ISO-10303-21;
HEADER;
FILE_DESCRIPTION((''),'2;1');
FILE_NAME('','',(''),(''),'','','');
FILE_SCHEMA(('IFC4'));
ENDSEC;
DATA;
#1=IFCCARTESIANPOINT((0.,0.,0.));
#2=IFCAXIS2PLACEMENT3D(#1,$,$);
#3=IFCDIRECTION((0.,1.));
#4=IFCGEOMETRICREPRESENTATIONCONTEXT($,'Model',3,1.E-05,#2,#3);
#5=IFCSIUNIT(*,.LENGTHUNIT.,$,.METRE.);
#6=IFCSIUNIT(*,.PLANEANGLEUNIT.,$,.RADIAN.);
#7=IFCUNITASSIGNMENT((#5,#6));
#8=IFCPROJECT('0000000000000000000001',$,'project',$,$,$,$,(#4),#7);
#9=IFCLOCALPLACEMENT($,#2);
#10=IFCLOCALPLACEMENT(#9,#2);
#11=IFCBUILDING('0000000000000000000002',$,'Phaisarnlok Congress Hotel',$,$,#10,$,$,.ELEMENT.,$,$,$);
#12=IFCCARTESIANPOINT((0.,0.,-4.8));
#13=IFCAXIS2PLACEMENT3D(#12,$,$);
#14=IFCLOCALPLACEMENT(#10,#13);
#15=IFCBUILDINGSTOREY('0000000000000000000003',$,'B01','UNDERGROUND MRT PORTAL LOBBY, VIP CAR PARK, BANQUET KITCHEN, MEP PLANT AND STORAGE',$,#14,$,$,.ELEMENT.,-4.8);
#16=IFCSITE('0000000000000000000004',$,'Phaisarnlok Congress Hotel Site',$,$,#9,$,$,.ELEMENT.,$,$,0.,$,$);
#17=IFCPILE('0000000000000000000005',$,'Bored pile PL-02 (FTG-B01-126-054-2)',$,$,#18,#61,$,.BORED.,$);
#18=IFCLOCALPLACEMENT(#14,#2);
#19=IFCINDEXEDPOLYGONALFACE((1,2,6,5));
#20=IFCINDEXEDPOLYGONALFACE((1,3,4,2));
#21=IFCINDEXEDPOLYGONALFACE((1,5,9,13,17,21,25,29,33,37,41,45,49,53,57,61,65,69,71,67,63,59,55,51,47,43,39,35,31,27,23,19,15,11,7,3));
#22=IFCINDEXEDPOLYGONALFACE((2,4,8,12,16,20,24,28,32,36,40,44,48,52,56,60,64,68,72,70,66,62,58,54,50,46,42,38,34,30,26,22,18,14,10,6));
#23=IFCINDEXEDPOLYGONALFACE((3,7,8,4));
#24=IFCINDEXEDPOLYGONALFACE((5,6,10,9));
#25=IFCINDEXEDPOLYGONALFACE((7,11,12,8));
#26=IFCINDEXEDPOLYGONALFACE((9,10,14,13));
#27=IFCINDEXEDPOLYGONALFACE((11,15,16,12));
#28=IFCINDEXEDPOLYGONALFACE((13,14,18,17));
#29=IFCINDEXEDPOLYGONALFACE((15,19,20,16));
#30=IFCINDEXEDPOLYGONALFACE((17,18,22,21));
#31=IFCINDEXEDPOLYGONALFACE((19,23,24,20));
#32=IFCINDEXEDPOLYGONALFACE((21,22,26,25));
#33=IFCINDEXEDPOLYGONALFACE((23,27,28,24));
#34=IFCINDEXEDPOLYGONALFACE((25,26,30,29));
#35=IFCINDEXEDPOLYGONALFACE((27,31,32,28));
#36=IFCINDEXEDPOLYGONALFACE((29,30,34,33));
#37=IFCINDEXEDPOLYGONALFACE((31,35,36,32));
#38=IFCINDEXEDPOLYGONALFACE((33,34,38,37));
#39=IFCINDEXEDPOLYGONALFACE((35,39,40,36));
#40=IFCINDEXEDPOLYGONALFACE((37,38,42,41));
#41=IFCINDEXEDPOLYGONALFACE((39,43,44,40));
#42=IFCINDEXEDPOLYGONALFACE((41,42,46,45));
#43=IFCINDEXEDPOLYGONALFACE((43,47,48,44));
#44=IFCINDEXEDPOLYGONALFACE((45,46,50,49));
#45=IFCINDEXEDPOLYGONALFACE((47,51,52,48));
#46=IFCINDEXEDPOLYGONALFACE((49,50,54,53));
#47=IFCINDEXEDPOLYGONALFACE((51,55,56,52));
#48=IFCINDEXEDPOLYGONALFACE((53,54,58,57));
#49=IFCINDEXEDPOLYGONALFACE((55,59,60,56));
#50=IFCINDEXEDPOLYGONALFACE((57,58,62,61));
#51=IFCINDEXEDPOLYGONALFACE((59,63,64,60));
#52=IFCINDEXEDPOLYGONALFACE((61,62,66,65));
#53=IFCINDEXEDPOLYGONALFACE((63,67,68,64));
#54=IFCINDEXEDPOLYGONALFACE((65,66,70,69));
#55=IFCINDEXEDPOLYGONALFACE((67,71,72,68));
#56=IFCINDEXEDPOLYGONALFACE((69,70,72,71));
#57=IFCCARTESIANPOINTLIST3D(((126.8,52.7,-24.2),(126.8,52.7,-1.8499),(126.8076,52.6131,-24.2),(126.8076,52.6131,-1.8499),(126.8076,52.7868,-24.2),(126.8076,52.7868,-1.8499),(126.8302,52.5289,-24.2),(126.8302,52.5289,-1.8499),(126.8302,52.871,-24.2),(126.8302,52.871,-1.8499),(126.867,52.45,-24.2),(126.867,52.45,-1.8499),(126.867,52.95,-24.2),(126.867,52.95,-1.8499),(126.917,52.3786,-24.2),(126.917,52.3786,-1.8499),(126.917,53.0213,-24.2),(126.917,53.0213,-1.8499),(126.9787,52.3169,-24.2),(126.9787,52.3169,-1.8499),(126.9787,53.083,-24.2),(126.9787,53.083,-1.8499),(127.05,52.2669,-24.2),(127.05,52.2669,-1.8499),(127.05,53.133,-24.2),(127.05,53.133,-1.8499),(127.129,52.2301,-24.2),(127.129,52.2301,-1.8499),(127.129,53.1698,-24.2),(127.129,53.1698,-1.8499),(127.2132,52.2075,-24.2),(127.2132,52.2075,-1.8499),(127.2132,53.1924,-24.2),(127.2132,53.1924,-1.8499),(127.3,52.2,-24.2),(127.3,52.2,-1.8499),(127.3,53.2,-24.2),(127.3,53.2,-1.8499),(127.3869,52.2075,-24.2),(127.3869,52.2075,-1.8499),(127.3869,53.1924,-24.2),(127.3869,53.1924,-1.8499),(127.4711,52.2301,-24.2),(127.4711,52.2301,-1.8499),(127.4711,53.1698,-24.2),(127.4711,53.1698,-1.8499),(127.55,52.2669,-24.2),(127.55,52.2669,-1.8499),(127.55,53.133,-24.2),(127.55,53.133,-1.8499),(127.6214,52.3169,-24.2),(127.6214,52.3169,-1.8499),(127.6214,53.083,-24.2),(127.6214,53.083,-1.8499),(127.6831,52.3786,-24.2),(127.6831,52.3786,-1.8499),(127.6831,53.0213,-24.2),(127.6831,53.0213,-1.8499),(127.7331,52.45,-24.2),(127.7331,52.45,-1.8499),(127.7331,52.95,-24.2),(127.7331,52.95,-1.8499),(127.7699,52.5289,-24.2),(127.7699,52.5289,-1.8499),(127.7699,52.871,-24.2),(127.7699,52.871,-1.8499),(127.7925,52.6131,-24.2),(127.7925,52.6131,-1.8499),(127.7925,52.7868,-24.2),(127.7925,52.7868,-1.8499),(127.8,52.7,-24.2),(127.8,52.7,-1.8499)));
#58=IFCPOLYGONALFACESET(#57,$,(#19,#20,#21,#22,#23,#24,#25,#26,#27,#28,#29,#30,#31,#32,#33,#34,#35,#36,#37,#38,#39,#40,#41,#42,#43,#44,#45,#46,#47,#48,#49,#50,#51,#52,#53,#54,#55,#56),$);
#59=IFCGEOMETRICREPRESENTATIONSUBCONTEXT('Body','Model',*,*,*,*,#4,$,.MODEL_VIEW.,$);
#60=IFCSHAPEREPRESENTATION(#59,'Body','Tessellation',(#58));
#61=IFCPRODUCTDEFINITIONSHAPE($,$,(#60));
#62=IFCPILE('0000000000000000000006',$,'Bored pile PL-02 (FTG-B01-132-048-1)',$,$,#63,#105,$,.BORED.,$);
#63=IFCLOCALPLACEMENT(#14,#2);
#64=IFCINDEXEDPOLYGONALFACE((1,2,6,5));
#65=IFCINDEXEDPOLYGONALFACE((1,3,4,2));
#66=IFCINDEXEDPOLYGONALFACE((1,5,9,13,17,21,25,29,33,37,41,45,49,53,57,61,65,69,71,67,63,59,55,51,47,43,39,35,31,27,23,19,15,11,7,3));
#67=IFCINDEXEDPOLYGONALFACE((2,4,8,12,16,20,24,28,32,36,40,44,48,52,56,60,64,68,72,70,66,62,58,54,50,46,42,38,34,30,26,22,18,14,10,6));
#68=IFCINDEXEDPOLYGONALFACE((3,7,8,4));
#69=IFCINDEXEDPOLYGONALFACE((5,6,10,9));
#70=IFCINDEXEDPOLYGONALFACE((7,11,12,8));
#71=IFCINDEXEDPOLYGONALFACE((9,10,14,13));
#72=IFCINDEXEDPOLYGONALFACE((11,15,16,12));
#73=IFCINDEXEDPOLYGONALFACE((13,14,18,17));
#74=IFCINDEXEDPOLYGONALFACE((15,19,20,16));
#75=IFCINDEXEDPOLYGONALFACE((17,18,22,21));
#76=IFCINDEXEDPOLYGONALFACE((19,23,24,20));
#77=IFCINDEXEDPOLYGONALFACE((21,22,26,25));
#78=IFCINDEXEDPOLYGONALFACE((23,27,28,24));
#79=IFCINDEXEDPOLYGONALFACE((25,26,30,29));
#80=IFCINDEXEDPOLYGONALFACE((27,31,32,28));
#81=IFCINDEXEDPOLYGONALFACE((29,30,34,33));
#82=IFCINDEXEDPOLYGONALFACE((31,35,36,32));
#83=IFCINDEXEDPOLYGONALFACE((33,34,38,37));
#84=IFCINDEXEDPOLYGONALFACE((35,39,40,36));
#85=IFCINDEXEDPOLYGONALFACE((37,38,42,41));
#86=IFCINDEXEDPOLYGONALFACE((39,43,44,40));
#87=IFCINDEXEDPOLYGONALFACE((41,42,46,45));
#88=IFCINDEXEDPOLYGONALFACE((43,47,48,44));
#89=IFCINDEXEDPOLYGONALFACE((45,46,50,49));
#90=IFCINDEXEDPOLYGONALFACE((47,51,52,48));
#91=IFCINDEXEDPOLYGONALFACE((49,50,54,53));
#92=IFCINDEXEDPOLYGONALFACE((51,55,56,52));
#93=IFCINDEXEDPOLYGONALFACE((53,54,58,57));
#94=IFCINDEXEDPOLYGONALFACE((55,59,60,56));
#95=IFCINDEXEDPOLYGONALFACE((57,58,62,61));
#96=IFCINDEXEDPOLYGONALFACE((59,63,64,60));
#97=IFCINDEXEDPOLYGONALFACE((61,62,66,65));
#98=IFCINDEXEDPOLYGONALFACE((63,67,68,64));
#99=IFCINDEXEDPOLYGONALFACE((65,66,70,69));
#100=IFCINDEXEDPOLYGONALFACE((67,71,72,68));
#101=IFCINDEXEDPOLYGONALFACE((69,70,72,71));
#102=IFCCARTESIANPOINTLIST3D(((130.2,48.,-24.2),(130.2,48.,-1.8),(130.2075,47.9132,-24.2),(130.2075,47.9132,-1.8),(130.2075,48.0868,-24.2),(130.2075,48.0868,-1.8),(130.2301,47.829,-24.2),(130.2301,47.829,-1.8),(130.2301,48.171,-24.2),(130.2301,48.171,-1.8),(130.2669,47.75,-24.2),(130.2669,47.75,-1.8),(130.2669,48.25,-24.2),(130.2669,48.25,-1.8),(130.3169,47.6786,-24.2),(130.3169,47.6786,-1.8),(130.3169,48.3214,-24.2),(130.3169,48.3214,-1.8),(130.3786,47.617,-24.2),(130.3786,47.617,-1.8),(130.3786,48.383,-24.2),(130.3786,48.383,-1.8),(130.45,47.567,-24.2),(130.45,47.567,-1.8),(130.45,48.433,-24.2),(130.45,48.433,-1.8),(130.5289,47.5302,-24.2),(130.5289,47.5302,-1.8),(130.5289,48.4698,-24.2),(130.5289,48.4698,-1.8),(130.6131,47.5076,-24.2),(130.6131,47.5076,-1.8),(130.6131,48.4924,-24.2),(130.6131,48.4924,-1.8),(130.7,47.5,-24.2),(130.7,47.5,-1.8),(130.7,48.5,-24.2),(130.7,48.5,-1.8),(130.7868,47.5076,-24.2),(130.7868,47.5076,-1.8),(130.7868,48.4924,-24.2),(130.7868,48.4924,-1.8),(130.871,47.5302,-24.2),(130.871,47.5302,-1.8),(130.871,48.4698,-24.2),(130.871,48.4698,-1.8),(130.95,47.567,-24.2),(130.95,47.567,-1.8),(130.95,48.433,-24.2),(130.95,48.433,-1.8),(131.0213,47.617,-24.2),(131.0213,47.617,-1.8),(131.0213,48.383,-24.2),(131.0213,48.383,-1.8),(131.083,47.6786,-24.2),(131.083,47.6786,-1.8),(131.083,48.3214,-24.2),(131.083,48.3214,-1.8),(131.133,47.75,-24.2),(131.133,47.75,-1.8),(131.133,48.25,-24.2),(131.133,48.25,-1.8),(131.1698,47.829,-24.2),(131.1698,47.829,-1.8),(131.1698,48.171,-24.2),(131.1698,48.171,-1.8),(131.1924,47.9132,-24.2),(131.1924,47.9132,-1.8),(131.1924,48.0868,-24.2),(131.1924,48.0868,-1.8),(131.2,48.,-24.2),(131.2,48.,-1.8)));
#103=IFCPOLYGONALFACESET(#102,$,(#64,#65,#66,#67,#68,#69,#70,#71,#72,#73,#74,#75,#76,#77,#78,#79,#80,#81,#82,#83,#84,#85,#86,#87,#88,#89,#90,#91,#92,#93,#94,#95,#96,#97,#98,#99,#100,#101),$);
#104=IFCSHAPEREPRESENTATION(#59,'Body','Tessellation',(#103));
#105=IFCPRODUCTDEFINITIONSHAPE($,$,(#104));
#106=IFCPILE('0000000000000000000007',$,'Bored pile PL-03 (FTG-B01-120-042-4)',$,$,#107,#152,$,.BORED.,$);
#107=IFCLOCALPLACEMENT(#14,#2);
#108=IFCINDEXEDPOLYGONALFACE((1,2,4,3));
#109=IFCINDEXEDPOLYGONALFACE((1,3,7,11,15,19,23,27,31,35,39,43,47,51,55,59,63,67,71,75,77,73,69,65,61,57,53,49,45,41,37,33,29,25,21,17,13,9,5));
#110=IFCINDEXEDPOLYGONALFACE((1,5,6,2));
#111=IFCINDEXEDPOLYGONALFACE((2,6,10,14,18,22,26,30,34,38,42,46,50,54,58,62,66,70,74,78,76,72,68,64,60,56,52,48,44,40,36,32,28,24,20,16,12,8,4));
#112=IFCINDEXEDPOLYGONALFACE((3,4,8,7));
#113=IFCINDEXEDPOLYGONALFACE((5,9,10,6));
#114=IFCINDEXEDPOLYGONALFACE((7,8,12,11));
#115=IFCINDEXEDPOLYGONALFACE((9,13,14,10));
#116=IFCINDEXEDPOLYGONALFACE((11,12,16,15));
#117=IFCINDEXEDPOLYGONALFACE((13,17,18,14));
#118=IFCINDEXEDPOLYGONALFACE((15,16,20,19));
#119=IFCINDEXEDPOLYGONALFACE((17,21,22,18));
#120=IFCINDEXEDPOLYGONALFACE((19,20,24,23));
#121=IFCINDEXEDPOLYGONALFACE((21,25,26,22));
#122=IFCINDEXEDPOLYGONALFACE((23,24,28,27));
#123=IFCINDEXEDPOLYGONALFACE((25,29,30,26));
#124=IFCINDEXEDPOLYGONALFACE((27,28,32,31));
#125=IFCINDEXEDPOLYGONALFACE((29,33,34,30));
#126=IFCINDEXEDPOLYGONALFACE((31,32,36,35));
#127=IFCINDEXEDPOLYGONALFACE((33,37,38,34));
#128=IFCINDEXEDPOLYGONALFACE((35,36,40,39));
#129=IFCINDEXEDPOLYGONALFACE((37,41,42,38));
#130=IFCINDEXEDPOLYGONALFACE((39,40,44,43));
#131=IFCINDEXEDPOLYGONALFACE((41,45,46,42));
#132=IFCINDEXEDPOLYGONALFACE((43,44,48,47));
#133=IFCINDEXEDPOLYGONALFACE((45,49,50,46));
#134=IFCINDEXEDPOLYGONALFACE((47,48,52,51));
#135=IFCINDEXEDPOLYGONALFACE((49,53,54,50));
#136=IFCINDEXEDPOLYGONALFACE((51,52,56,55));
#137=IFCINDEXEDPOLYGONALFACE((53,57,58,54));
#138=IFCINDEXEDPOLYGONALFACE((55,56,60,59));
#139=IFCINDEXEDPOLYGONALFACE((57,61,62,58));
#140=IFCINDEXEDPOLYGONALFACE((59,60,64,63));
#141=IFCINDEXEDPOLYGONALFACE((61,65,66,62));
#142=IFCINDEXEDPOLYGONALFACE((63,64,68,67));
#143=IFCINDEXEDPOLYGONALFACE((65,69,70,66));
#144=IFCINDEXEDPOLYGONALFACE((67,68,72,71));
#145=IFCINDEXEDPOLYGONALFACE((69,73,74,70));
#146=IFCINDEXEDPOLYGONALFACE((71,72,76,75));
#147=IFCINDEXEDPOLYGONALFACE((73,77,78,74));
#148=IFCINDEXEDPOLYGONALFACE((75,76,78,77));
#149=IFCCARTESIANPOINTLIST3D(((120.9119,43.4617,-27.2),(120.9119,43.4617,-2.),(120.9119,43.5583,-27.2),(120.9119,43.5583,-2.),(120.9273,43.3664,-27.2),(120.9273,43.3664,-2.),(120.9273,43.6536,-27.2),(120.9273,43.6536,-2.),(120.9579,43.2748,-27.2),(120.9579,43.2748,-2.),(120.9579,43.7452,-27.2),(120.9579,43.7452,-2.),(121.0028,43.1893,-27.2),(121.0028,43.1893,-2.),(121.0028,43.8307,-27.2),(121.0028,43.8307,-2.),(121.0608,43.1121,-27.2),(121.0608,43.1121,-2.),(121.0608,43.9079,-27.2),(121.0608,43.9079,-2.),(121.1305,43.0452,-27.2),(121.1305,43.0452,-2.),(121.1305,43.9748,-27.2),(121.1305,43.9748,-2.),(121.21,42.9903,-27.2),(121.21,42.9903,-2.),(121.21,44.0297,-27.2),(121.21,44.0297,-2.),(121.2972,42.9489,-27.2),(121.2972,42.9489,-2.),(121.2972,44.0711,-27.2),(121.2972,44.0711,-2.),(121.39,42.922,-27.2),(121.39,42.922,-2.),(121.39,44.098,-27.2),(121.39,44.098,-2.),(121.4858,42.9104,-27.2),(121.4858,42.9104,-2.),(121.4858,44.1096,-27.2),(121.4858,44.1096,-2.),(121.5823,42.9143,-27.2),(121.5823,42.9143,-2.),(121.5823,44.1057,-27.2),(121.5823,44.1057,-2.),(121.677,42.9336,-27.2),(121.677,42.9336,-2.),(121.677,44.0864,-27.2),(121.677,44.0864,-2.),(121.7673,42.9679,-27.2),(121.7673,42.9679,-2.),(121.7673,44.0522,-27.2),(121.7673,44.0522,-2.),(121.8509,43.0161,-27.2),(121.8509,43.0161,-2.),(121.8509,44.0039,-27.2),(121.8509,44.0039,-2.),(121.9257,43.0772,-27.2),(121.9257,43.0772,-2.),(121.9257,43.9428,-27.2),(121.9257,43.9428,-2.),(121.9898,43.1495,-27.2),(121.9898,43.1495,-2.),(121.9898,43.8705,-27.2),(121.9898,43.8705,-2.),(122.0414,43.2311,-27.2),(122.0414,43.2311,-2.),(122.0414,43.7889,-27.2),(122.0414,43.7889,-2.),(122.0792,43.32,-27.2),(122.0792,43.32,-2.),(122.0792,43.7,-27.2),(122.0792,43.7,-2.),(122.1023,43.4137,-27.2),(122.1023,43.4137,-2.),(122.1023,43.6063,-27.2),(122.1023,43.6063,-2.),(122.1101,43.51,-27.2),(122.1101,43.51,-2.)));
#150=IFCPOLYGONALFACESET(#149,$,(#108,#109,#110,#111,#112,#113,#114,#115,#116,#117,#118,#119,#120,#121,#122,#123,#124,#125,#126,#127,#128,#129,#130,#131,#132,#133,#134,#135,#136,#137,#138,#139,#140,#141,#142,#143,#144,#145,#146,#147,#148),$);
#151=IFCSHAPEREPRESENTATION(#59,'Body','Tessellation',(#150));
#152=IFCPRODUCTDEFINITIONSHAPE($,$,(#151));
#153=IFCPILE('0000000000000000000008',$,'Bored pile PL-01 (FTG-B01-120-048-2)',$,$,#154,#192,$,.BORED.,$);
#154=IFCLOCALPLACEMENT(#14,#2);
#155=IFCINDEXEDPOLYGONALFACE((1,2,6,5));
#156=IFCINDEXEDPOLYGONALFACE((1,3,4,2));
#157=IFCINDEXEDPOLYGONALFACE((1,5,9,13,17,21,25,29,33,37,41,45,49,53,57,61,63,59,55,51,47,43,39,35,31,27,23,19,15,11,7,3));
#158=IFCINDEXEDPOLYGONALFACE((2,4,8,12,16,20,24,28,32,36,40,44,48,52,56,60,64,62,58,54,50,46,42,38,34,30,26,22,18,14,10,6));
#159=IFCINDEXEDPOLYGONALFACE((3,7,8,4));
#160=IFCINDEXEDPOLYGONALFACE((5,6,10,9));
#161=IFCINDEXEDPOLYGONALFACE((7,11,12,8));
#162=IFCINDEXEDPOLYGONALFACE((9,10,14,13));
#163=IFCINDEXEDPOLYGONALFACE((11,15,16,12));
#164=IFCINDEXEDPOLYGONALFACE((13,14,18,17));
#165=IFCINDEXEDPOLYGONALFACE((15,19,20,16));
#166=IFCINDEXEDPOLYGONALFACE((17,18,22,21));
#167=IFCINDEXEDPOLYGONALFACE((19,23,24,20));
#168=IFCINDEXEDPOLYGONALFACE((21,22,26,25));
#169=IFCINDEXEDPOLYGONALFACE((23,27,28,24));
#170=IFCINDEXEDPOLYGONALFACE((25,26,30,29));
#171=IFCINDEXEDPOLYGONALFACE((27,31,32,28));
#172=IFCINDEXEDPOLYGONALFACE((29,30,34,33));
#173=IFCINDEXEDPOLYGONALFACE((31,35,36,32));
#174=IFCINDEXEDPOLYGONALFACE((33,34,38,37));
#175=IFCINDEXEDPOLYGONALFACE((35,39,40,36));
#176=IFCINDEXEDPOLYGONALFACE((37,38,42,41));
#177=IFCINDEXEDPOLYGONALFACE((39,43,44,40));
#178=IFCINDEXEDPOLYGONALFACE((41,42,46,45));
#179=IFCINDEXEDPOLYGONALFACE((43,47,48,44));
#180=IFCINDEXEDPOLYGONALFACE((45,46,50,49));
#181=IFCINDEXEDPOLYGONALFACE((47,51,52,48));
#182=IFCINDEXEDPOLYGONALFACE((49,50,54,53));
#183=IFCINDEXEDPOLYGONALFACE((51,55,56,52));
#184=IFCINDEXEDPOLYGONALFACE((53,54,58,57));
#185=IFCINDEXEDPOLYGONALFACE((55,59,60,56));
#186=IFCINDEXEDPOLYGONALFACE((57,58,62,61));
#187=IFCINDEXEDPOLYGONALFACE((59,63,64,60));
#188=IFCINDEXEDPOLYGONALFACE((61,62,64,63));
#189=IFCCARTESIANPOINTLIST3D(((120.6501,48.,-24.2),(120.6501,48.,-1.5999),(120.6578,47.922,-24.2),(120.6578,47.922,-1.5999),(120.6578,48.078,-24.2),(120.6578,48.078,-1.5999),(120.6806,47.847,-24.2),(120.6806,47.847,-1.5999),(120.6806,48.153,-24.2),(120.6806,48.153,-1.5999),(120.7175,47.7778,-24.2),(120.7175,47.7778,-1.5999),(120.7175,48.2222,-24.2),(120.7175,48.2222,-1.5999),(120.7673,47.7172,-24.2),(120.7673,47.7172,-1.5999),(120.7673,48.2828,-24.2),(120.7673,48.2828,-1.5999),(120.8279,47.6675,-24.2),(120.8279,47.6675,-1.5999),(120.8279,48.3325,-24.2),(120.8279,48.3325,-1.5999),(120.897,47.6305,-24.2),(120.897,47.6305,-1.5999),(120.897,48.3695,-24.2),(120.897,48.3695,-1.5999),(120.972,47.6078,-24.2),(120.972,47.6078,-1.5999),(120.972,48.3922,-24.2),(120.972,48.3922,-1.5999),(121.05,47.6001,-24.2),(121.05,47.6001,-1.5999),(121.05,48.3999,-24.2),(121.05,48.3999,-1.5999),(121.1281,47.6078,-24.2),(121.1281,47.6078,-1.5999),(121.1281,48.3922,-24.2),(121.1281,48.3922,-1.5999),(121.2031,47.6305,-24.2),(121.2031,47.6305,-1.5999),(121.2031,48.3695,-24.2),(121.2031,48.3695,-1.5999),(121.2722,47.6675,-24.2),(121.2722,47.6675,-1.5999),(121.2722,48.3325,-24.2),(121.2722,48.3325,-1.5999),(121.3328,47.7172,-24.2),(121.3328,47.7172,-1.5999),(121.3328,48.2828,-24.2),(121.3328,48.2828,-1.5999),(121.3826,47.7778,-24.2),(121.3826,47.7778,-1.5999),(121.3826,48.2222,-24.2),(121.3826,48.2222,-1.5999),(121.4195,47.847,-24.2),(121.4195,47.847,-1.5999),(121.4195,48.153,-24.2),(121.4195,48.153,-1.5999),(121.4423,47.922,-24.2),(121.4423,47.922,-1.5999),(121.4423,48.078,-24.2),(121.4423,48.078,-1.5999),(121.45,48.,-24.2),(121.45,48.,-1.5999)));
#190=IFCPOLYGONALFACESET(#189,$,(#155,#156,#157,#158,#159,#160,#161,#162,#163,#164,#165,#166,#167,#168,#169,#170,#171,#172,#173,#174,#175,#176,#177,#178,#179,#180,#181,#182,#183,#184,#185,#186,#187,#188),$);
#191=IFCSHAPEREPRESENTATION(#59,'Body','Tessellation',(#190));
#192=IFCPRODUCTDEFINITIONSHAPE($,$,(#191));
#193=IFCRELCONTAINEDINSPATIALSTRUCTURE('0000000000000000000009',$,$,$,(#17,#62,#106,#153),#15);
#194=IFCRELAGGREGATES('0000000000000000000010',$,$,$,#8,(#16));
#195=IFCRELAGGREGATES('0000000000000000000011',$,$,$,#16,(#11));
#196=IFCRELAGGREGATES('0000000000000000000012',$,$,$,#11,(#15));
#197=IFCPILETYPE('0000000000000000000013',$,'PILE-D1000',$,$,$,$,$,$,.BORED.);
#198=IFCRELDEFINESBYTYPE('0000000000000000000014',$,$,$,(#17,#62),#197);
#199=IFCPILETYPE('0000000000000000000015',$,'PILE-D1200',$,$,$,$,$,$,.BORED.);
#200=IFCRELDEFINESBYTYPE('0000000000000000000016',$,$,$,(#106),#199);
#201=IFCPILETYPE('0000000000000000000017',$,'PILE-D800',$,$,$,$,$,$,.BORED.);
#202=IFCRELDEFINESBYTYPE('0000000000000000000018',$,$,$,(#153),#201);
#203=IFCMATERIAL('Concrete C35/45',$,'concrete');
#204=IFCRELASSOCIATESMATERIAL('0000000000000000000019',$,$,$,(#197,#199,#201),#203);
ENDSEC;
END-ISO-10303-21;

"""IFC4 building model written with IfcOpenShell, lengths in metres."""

from ifc_helpers import new_model, si_unit, direction, frame, origin, origin_2d, place, context, subcontext, project, spatial, circle, extrude, material, material_profile, profile_set, type_object, element, save


model = new_model("IFC4")

# Units and contexts
model_context = context("Model", 3, precision=1e-05, world=origin(), true_north=direction((0.0, 1.0)))
body_context = subcontext(model_context, "Body", "Model", "MODEL_VIEW")
ifc_project = project(units=[si_unit("LENGTHUNIT", "METRE"), si_unit("PLANEANGLEUNIT", "RADIAN")], contexts=[model_context])

# Site, building, storey
site_placement = place(None, origin())
site = spatial("IfcSite", under=ifc_project, at=site_placement, Name="Phaisarnlok Congress Hotel Site", CompositionType="ELEMENT", RefElevation=0.0)
building_placement = place(site_placement, origin())
building = spatial("IfcBuilding", under=site, at=building_placement, Name="Phaisarnlok Congress Hotel", CompositionType="ELEMENT")
storey_placement = place(building_placement, frame((0.0, 0.0, -4.8)))
storey = spatial("IfcBuildingStorey", under=building, at=storey_placement, Name="B01", Description="UNDERGROUND MRT PORTAL LOBBY, VIP CAR PARK, BANQUET KITCHEN, MEP PLANT AND STORAGE", CompositionType="ELEMENT", Elevation=-4.8)

# Piles
ifc_material_1 = material(Name="Concrete C35/45", Category="concrete")
ifc_material_profile_1 = material_profile(ifc_material_1, circle(Radius=0.5, at=origin_2d()), Name="BORED PILE D1000")
ifc_profile_set_1 = profile_set([ifc_material_profile_1], Name="Concrete C35/45")
pile_type_1 = type_object("IfcPileType", Name="PILE-D1000", PredefinedType="BORED", material=ifc_profile_set_1)
for number, where, z_axis, x_axis, name in (
    (1, (127.3, 52.7, -1.8499), (0.0, 0.0, -1.0), (1.0, 0.0, 0.0), "Bored pile PL-02 (FTG-B01-126-054-2)"),
):
    element("IfcPile", number, at=place(storey_placement, frame(where, z_axis=z_axis, x_axis=x_axis)), inside=storey, type_object=pile_type_1, Name=name, PredefinedType="BORED", context=body_context, shape_type="SweptSolid", body=[
        extrude(circle(Radius=0.5, at=origin_2d()), origin(), (0.0, 0.0, 1.0), 22.3501),
    ])
pile_1_placement = place(storey_placement, frame((130.7, 48.0, -1.8), z_axis=(0.0, 0.0, -1.0), x_axis=(1.0, 0.0, 0.0)))
element("IfcPile", 2, at=pile_1_placement, inside=storey, type_object=pile_type_1, Name="Bored pile PL-02 (FTG-B01-132-048-1)", PredefinedType="BORED", context=body_context, shape_type="SweptSolid", body=[
    extrude(circle(Radius=0.5, at=origin_2d()), origin(), (0.0, 0.0, 1.0), 22.3999),
])
ifc_material_profile_2 = material_profile(ifc_material_1, circle(Radius=0.6001, at=origin_2d()), Name="BORED PILE D1200")
ifc_profile_set_2 = profile_set([ifc_material_profile_2], Name="Concrete C35/45")
pile_type_2 = type_object("IfcPileType", Name="PILE-D1200", PredefinedType="BORED", material=ifc_profile_set_2)
pile_2_placement = place(storey_placement, frame((121.51, 43.51, -2.0), z_axis=(0.0, 0.0, -1.0), x_axis=(1.0, 0.0, 0.0)))
element("IfcPile", 3, at=pile_2_placement, inside=storey, type_object=pile_type_2, Name="Bored pile PL-03 (FTG-B01-120-042-4)", PredefinedType="BORED", context=body_context, shape_type="SweptSolid", body=[
    extrude(circle(Radius=0.6001, at=origin_2d()), origin(), (0.0, 0.0, 1.0), 25.2),
])
ifc_material_profile_3 = material_profile(ifc_material_1, circle(Radius=0.3999, at=origin_2d()), Name="BORED PILE D800")
ifc_profile_set_3 = profile_set([ifc_material_profile_3], Name="Concrete C35/45")
pile_type_3 = type_object("IfcPileType", Name="PILE-D800", PredefinedType="BORED", material=ifc_profile_set_3)
pile_3_placement = place(storey_placement, frame((121.05, 48.0, -1.5999), z_axis=(0.0, 0.0, -1.0), x_axis=(1.0, 0.0, 0.0)))
element("IfcPile", 4, at=pile_3_placement, inside=storey, type_object=pile_type_3, Name="Bored pile PL-01 (FTG-B01-120-048-2)", PredefinedType="BORED", context=body_context, shape_type="SweptSolid", body=[
    extrude(circle(Radius=0.3999, at=origin_2d()), origin(), (0.0, 0.0, 1.0), 22.6001),
])

save(model, "model.ifc")
